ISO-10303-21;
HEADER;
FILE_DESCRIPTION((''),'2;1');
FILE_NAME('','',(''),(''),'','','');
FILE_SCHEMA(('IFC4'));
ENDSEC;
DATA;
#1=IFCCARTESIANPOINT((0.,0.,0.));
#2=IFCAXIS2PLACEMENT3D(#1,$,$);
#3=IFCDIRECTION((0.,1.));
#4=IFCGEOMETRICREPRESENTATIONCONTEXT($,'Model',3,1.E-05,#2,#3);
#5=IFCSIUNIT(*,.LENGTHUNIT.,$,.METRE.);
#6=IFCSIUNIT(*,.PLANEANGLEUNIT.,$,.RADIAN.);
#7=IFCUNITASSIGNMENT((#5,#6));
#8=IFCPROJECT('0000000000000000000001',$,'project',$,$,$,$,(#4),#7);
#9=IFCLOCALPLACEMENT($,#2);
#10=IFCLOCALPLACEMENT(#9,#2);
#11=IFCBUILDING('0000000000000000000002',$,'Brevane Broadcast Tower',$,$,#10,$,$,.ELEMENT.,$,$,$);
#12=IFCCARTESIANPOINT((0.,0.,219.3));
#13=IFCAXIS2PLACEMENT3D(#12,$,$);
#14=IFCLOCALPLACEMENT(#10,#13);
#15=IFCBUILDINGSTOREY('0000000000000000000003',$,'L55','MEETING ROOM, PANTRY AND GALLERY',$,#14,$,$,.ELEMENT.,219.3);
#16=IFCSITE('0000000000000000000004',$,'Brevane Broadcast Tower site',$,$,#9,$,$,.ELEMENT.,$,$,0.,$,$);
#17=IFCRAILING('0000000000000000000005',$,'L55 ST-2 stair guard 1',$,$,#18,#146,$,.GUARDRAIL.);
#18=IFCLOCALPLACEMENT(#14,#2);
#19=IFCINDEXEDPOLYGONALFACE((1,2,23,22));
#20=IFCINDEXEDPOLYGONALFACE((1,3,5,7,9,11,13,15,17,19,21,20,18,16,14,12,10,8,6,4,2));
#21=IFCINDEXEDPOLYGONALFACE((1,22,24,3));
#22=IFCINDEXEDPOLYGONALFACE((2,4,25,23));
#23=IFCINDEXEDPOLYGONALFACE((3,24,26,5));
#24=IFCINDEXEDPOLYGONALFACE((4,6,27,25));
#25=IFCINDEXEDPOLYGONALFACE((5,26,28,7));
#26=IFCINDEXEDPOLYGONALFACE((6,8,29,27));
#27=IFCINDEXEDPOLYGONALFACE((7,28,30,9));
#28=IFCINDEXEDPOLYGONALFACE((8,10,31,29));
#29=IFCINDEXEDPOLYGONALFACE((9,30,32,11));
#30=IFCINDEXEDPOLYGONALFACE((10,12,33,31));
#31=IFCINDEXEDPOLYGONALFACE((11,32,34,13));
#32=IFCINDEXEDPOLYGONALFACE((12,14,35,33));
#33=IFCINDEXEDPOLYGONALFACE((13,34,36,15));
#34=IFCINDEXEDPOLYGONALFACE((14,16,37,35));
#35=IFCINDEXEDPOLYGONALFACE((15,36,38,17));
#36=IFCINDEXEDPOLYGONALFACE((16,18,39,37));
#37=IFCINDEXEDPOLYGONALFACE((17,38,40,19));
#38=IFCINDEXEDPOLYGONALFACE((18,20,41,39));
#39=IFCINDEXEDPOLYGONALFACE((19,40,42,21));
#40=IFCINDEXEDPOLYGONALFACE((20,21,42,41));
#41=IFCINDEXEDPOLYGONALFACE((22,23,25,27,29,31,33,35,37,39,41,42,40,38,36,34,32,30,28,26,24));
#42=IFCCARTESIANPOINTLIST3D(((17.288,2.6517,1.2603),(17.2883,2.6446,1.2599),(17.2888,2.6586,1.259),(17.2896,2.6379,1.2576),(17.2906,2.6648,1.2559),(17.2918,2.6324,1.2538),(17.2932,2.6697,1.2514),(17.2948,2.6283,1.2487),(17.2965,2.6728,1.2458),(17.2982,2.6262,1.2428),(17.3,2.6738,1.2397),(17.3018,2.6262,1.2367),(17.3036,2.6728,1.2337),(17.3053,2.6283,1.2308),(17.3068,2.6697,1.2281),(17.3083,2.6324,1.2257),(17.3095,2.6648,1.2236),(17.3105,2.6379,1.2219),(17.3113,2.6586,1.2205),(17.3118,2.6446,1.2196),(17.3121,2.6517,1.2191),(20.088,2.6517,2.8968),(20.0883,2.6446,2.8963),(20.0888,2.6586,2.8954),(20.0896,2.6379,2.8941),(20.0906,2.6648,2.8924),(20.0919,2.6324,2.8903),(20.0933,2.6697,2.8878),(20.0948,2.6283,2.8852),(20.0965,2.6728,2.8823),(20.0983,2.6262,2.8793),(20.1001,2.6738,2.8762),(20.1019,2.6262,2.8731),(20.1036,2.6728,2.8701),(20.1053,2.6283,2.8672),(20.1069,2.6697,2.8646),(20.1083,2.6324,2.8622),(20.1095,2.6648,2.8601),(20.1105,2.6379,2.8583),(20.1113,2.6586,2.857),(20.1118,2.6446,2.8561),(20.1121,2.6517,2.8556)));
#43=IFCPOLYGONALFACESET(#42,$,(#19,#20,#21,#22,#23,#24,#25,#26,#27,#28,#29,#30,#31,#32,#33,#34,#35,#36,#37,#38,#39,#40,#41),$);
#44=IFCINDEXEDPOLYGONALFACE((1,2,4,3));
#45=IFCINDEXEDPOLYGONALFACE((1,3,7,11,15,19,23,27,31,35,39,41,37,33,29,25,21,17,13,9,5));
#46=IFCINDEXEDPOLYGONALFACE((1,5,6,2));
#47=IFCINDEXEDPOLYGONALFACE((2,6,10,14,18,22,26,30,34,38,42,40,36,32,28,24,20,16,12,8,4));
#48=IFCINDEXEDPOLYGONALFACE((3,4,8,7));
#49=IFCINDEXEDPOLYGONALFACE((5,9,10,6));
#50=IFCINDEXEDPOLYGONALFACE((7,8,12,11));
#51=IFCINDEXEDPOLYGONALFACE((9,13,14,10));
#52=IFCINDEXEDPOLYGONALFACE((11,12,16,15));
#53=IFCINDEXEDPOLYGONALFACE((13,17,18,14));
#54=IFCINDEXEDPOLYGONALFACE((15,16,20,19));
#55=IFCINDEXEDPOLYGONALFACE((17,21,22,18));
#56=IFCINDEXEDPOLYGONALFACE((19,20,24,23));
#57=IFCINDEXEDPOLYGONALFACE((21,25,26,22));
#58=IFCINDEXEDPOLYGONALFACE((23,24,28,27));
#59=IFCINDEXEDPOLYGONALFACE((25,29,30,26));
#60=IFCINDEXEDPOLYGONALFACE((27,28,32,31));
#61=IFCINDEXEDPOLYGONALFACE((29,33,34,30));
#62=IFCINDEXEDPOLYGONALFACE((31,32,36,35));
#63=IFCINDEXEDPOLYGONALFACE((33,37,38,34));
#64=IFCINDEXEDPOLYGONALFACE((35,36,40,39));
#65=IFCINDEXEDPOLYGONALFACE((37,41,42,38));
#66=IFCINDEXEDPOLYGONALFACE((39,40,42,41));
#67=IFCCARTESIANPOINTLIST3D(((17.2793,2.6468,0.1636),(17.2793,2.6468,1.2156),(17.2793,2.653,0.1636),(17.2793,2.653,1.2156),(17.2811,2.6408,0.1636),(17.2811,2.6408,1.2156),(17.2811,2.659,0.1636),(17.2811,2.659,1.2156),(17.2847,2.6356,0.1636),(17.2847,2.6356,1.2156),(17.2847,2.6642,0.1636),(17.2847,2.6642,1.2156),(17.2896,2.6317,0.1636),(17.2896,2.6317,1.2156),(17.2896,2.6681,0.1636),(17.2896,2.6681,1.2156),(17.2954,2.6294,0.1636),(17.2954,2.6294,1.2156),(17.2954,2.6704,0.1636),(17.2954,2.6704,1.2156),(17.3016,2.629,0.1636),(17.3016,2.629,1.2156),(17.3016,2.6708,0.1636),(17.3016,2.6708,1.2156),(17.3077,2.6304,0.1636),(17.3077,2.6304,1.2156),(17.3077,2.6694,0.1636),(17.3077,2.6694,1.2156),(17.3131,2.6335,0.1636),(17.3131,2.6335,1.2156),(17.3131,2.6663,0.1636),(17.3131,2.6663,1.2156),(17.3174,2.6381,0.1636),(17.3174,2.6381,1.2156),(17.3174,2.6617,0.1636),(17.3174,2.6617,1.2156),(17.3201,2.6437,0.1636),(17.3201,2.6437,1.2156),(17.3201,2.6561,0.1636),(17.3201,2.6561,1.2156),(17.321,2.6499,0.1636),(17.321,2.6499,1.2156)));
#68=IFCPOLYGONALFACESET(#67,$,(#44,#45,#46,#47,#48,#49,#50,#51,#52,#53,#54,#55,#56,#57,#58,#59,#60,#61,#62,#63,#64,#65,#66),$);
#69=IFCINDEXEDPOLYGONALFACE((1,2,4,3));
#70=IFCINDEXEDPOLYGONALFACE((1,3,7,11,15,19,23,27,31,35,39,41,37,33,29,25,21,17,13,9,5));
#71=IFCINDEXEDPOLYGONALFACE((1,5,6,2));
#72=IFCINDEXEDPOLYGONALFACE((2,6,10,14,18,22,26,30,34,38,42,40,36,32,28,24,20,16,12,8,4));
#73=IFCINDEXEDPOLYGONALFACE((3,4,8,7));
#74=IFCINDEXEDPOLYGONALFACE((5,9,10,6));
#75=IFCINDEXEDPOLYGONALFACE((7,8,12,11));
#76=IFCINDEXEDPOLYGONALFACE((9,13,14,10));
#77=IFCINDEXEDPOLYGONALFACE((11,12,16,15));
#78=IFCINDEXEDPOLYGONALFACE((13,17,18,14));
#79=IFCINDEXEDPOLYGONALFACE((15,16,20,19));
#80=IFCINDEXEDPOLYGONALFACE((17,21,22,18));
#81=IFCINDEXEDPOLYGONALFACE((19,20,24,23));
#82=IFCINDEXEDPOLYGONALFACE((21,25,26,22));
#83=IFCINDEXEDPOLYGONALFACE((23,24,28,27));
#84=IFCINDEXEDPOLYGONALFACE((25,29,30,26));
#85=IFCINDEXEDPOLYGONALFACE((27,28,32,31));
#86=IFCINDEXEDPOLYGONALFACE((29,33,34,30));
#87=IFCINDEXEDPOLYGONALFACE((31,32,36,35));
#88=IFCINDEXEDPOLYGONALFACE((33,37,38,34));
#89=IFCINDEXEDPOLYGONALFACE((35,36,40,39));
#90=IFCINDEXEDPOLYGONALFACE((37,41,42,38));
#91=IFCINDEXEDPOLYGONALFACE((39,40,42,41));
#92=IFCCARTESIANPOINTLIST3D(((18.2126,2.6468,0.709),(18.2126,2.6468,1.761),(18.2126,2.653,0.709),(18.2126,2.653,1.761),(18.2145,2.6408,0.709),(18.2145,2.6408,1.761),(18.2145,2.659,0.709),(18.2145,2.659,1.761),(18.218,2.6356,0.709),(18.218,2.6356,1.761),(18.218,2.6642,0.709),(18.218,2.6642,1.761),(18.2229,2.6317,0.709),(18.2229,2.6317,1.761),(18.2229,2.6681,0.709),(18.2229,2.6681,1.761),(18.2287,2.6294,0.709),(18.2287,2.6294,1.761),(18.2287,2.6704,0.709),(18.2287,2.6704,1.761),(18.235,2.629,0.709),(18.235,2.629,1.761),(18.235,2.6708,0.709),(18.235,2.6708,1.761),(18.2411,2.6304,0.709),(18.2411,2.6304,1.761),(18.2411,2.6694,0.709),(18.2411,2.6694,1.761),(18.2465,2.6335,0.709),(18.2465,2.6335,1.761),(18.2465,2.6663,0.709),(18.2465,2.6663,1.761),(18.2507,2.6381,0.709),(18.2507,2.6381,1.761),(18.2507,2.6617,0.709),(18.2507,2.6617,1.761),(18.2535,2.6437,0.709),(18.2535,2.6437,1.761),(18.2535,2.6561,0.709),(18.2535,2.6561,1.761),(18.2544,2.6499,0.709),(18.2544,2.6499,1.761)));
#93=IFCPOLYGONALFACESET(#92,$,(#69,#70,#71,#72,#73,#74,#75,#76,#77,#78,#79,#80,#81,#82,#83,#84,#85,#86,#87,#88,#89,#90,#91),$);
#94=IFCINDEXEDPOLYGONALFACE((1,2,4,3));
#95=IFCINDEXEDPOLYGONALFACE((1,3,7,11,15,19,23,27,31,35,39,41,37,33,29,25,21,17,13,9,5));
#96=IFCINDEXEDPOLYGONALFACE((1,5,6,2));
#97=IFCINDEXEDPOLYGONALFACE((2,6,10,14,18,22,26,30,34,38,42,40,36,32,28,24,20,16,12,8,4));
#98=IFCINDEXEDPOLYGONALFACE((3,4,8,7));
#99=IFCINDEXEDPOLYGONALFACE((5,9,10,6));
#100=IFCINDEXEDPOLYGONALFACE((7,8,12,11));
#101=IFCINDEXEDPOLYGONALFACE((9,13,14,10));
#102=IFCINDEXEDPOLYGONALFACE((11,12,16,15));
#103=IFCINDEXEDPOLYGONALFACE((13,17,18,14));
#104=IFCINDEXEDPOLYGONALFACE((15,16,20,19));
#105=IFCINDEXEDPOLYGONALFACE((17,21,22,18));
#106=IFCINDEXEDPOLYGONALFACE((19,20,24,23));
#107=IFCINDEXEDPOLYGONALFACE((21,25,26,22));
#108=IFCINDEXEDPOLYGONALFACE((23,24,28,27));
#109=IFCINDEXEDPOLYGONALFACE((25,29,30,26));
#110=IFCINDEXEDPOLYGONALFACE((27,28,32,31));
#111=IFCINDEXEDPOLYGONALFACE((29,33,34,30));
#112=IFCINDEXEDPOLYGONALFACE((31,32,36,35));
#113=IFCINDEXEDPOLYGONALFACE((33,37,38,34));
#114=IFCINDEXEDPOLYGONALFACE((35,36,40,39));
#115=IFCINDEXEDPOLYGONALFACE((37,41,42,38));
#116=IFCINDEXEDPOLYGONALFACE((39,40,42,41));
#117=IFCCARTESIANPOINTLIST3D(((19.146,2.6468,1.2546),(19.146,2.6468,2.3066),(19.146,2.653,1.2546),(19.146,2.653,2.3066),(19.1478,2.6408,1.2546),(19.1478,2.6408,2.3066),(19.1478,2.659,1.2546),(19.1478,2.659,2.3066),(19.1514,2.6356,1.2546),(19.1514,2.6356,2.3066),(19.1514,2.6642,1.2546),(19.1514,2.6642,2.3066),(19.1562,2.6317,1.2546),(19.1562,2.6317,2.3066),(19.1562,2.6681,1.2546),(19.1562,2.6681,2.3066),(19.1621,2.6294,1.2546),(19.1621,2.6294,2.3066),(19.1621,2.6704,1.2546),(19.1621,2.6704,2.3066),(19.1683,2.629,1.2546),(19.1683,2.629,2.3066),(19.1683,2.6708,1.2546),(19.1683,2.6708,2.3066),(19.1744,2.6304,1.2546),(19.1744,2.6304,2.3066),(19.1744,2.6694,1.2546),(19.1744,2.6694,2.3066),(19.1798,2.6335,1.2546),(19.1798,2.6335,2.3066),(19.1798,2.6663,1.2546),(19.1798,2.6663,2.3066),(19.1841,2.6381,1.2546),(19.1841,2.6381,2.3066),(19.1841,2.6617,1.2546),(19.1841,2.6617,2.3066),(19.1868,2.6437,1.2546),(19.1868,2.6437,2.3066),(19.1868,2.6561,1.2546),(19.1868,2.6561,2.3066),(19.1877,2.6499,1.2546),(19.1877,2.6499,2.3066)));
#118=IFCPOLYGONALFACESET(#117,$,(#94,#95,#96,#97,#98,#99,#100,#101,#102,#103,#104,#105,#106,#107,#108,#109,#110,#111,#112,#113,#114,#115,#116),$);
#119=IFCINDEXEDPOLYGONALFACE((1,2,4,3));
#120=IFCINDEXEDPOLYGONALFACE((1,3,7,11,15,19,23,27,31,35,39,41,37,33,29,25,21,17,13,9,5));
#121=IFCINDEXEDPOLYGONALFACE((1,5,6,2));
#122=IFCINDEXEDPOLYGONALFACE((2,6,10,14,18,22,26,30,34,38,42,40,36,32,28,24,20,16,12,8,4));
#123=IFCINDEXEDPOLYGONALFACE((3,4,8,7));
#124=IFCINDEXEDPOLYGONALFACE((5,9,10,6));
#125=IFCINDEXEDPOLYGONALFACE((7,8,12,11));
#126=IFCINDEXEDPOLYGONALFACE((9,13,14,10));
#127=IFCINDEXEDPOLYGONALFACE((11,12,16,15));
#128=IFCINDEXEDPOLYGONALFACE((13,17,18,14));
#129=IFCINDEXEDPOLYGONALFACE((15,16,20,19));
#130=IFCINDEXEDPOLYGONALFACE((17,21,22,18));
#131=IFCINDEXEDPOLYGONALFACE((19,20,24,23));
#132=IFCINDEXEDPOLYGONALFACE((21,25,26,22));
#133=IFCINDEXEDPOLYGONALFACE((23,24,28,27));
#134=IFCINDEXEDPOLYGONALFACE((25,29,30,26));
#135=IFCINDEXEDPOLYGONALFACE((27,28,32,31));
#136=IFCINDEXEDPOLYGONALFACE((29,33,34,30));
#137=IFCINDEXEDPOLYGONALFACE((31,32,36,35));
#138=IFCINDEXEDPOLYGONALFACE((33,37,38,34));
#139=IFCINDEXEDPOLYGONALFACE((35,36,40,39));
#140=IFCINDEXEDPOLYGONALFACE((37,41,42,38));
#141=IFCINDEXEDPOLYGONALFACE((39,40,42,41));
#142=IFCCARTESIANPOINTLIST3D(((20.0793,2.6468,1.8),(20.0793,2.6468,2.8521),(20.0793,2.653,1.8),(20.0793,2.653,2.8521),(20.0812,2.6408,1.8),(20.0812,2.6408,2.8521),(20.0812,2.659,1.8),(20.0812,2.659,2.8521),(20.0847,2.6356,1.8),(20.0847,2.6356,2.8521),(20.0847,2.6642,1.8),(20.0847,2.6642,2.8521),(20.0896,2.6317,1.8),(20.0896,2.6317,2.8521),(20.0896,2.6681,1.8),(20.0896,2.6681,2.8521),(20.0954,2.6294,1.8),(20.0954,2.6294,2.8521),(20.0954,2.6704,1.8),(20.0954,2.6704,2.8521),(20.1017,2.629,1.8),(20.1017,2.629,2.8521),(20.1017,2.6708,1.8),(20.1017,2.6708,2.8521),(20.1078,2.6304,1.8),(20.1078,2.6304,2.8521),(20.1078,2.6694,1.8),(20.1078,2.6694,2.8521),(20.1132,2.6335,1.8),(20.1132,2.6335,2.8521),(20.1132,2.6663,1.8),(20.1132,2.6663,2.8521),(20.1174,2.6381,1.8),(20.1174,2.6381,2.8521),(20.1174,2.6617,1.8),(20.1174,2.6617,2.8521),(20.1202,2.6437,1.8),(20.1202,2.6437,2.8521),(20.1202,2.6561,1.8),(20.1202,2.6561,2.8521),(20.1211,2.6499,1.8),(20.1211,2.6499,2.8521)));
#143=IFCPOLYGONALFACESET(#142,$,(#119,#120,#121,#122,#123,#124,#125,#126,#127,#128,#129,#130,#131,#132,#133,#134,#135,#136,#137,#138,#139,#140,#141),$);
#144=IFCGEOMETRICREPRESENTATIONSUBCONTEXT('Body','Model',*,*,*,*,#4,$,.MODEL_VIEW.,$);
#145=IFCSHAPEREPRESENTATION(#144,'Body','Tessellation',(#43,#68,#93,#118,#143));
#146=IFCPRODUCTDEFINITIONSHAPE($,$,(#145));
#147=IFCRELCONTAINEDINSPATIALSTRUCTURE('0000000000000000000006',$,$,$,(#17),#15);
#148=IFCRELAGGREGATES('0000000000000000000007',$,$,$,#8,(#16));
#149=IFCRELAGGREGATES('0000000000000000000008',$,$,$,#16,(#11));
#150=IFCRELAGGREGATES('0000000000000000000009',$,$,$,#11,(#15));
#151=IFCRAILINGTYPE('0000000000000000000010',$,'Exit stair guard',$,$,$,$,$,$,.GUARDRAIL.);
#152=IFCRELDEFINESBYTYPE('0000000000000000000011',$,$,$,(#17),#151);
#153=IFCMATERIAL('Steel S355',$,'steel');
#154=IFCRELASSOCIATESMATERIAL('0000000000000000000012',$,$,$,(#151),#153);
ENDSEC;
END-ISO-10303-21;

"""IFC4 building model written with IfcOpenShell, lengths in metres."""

from ifc_helpers import new_model, si_unit, direction, frame, origin, origin_2d, place, context, subcontext, project, spatial, circle, extrude, material, type_object, element, save


model = new_model("IFC4")

# Units and contexts
model_context = context("Model", 3, precision=1e-05, world=origin(), true_north=direction((0.0, 1.0)))
body_context = subcontext(model_context, "Body", "Model", "MODEL_VIEW")
ifc_project = project(units=[si_unit("LENGTHUNIT", "METRE"), si_unit("PLANEANGLEUNIT", "RADIAN")], contexts=[model_context])

# Site, building, storey
site_placement = place(None, origin())
site = spatial("IfcSite", under=ifc_project, at=site_placement, Name="Brevane Broadcast Tower site", CompositionType="ELEMENT", RefElevation=0.0)
building_placement = place(site_placement, origin())
building = spatial("IfcBuilding", under=site, at=building_placement, Name="Brevane Broadcast Tower", CompositionType="ELEMENT")
storey_placement = place(building_placement, frame((0.0, 0.0, 219.3)))
storey = spatial("IfcBuildingStorey", under=building, at=storey_placement, Name="L55", Description="MEETING ROOM, PANTRY AND GALLERY", CompositionType="ELEMENT", Elevation=219.3)

# Railing
ifc_material_1 = material(Name="Steel S355", Category="steel")
railing_type_1 = type_object("IfcRailingType", Name="Exit stair guard", PredefinedType="GUARDRAIL", material=ifc_material_1)
railing_1_placement = place(storey_placement, frame((17.3, 2.6499, 0.1636)))
element("IfcRailing", 1, at=railing_1_placement, inside=storey, type_object=railing_type_1, Name="L55 ST-2 stair guard 1", PredefinedType="GUARDRAIL", context=body_context, shape_type="SweptSolid", body=[
    extrude(circle(Radius=0.0239, at=origin_2d()), frame((0.0, 0.0, 1.0762), z_axis=(0.863361, 0.0, 0.504587), x_axis=(0.0, 1.0, 0.0)), (0.0, 0.0, 1.0), 3.2432),
    extrude(circle(Radius=0.021, at=origin_2d()), origin(), (0.0, 0.0, 1.0), 1.052),
    extrude(circle(Radius=0.021, at=origin_2d()), frame((0.9333, 0.0, 0.5454)), (0.0, 0.0, 1.0), 1.052),
    extrude(circle(Radius=0.021, at=origin_2d()), frame((1.8667, 0.0, 1.0911)), (0.0, 0.0, 1.0), 1.052),
    extrude(circle(Radius=0.021, at=origin_2d()), frame((2.8, 0.0, 1.6365)), (0.0, 0.0, 1.0), 1.052),
])

save(model, "model.ifc")
